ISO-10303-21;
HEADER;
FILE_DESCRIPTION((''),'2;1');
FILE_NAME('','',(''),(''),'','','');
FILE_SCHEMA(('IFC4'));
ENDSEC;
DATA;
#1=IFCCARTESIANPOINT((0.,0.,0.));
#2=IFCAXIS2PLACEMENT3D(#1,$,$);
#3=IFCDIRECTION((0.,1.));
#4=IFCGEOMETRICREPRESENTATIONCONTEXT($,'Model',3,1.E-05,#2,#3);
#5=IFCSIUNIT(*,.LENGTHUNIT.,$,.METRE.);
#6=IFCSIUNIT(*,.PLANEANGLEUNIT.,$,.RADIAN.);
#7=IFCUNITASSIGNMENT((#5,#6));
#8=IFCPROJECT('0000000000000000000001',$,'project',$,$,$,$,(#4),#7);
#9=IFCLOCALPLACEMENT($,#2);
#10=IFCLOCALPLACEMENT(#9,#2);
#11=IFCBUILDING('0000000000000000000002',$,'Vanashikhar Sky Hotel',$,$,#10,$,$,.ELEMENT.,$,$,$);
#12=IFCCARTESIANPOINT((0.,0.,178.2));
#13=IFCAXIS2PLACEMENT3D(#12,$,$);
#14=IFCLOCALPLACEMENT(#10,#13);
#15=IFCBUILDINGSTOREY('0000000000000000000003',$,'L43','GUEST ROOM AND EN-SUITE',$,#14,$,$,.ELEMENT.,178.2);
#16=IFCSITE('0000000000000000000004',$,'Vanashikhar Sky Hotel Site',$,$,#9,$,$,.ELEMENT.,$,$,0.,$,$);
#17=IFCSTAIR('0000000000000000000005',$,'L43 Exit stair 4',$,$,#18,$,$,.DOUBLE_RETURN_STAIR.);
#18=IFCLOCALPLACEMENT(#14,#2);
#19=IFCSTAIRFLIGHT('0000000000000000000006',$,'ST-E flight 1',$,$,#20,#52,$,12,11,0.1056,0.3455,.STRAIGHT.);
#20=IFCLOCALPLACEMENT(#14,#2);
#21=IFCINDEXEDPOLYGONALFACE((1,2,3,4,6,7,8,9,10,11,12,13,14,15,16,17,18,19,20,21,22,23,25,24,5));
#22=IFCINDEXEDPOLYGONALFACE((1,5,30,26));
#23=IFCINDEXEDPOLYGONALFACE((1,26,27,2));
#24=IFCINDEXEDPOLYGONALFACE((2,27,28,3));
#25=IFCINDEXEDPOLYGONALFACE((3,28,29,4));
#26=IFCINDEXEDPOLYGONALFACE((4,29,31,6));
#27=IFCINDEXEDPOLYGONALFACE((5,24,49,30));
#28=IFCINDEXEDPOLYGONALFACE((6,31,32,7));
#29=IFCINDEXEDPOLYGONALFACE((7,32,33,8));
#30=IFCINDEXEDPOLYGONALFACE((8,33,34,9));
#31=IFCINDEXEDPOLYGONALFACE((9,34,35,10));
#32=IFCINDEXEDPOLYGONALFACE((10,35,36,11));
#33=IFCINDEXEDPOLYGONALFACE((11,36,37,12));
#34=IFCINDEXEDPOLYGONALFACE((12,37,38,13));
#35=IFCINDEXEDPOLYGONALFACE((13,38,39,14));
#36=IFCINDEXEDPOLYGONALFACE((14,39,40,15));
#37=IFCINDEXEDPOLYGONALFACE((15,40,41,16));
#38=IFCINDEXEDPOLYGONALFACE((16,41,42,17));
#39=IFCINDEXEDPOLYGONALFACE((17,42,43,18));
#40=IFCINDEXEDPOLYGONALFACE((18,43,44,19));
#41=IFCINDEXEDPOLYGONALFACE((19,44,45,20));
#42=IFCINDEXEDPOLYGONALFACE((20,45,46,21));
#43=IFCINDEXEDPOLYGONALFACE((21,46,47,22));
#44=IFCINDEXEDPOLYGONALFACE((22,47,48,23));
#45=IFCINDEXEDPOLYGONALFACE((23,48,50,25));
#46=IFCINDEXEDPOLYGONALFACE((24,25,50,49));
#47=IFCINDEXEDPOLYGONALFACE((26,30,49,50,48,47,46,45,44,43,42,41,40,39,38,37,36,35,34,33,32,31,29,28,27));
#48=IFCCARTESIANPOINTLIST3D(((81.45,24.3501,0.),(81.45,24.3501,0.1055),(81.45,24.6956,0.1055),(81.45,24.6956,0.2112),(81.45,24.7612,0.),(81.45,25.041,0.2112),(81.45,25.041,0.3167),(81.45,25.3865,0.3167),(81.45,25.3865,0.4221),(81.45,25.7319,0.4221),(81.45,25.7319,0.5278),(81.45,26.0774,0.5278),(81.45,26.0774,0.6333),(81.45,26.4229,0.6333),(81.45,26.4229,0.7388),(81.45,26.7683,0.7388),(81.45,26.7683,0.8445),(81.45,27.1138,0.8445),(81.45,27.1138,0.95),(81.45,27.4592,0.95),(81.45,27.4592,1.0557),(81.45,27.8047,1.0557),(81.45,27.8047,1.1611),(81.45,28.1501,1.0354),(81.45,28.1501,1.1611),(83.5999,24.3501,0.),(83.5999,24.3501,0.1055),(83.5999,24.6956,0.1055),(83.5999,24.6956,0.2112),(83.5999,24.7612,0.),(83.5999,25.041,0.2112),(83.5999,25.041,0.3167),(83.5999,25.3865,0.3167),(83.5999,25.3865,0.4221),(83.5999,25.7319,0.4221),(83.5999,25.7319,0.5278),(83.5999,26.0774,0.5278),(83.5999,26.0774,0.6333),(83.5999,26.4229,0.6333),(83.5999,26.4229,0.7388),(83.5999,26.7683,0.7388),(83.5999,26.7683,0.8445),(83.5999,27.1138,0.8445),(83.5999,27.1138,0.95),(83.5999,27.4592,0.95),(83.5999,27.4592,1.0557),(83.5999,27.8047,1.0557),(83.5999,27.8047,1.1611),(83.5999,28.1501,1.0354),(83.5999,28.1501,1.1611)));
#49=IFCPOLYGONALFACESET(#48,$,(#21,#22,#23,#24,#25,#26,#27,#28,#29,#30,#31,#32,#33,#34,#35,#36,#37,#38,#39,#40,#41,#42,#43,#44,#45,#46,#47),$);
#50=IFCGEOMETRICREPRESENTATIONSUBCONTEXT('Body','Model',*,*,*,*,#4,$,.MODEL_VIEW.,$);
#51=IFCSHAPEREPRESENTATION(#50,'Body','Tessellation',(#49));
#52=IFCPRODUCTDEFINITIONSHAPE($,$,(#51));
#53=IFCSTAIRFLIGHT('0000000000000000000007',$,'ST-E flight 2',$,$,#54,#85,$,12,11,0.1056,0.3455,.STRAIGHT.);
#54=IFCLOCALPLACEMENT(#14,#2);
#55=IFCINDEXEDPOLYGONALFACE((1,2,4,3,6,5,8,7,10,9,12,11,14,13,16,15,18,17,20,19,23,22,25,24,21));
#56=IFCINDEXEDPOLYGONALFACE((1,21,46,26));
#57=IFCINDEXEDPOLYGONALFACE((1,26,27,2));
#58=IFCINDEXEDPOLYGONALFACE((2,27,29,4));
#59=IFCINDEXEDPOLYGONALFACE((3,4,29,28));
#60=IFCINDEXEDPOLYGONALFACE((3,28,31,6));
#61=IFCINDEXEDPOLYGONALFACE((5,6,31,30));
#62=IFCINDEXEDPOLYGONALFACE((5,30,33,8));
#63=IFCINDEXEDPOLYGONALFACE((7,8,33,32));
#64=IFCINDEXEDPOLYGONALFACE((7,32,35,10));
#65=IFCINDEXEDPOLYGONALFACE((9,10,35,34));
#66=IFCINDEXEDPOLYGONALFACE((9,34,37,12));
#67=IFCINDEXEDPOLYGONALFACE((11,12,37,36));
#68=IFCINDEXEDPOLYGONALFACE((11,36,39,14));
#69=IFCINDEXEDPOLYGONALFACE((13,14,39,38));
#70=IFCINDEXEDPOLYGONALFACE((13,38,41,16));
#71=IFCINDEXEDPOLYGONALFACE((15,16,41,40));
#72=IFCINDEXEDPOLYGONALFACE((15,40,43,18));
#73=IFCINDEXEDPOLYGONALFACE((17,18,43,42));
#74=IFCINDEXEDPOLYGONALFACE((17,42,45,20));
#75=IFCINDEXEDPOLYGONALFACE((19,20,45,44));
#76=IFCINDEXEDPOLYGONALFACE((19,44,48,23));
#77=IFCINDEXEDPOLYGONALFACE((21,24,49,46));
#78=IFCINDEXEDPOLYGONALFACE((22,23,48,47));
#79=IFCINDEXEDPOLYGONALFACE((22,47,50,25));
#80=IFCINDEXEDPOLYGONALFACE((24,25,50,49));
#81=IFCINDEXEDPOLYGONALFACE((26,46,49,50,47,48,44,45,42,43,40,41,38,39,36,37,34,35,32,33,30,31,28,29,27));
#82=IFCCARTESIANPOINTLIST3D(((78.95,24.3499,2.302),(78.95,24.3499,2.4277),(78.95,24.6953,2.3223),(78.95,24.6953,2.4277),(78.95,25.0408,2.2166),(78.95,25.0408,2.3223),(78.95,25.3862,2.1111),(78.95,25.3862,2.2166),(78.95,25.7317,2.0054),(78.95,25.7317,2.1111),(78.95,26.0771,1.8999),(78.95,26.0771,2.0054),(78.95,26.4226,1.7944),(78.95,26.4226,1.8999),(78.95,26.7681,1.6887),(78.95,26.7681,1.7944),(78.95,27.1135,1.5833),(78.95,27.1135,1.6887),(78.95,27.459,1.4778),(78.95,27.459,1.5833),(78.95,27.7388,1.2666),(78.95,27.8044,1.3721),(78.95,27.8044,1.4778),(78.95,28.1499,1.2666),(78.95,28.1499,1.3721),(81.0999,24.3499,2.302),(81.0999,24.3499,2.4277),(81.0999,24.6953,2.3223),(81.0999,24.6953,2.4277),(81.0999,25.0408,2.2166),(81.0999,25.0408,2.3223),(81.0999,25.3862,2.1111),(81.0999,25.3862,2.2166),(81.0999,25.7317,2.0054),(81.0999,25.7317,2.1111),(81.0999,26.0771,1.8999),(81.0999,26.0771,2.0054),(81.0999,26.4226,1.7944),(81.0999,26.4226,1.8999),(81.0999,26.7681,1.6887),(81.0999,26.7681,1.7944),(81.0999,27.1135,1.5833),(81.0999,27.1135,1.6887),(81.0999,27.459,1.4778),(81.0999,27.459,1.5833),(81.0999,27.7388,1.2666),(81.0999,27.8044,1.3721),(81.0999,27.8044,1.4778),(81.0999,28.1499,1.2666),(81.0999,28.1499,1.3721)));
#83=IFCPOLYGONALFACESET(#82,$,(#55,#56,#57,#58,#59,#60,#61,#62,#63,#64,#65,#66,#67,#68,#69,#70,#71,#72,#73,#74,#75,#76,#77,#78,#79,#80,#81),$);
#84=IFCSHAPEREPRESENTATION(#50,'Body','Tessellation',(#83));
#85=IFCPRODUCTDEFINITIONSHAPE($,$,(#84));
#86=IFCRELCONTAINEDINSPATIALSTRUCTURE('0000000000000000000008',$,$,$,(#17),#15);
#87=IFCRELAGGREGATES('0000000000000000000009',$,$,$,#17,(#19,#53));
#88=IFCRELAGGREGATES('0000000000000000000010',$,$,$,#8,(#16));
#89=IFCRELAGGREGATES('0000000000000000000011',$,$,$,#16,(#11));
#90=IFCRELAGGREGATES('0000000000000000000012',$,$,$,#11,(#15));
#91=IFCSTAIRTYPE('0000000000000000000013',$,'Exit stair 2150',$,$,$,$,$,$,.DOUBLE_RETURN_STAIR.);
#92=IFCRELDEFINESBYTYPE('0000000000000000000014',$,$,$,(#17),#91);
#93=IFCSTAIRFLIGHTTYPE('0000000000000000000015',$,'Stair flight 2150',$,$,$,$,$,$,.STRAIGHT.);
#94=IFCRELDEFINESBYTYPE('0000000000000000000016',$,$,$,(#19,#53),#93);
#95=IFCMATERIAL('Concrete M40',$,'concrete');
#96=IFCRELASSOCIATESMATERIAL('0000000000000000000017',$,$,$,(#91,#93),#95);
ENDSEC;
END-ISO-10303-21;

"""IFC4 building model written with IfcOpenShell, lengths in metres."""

from ifc_helpers import new_model, si_unit, direction, frame, origin, place, context, subcontext, project, spatial, polyline, outline, extrude, source, transform, mapped, material, type_object, element, aggregate, save


model = new_model("IFC4")

# Units and contexts
model_context = context("Model", 3, precision=1e-05, world=origin(), true_north=direction((0.0, 1.0)))
body_context = subcontext(model_context, "Body", "Model", "MODEL_VIEW")
ifc_project = project(units=[si_unit("LENGTHUNIT", "METRE"), si_unit("PLANEANGLEUNIT", "RADIAN")], contexts=[model_context])

# Site, building, storey
site_placement = place(None, origin())
site = spatial("IfcSite", under=ifc_project, at=site_placement, Name="Vanashikhar Sky Hotel Site", CompositionType="ELEMENT", RefElevation=0.0)
building_placement = place(site_placement, origin())
building = spatial("IfcBuilding", under=site, at=building_placement, Name="Vanashikhar Sky Hotel", CompositionType="ELEMENT")
storey_placement = place(building_placement, frame((0.0, 0.0, 178.2)))
storey = spatial("IfcBuildingStorey", under=building, at=storey_placement, Name="L43", Description="GUEST ROOM AND EN-SUITE", CompositionType="ELEMENT", Elevation=178.2)

# Stair, stair flights
ifc_material_1 = material(Name="Concrete M40", Category="concrete")
stair_type = type_object("IfcStairType", Name="Exit stair 2150", PredefinedType="DOUBLE_RETURN_STAIR", material=ifc_material_1)
stair_flight_type = type_object("IfcStairFlightType", Name="Stair flight 2150", PredefinedType="STRAIGHT", material=ifc_material_1)
shared_shape_1 = source(origin(), body_context, "Body", "SweptSolid", [
    extrude(outline(polyline([(0.0, 0.0), (0.0, 0.1055), (0.3455, 0.1055), (0.3455, 0.2112), (0.6909, 0.2112), (0.6909, 0.3167), (1.0364, 0.3167), (1.0364, 0.4221), (1.3818, 0.4221), (1.3818, 0.5278), (1.7273, 0.5278), (1.7273, 0.6333), (2.0728, 0.6333), (2.0728, 0.7388), (2.4182, 0.7388), (2.4182, 0.8445), (2.7637, 0.8445), (2.7637, 0.95), (3.1091, 0.95), (3.1091, 1.0557), (3.4546, 1.0557), (3.4546, 1.1611), (3.8, 1.1611), (3.8, 1.2666), (3.8, 1.0354), (0.4111, 0.0), (0.0, 0.0)])), frame((0.0, 1.075, 0.0), z_axis=(0.0, -1.0, 0.0), x_axis=(1.0, 0.0, 0.0)), (0.0, 0.0, 1.0), 2.1499),
])
stair_1_placement = place(storey_placement, origin())
stair_1 = element("IfcStair", 1, at=stair_1_placement, inside=storey, type_object=stair_type, Name="L43 Exit stair 4", PredefinedType="DOUBLE_RETURN_STAIR")
stair_flight_1_placement = place(storey_placement, frame((82.5249, 24.3501, 0.0), z_axis=(0.0, 0.0, 1.0), x_axis=(0.0, 1.0, 0.0)))
stair_flight_1 = element("IfcStairFlight", 2, at=stair_flight_1_placement, type_object=stair_flight_type, Name="ST-E flight 1", NumberOfRisers=12, NumberOfTreads=11, PredefinedType="STRAIGHT", RiserHeight=0.1056, TreadLength=0.3455, context=body_context, shape_type="MappedRepresentation", body=[
    mapped(shared_shape_1, transform((0.0, 0.0, 0.0), scale=1.0)),
])
stair_flight_2_placement = place(storey_placement, frame((80.0249, 28.1499, 1.2666), z_axis=(0.0, 0.0, 1.0), x_axis=(0.0, -1.0, 0.0)))
stair_flight_2 = element("IfcStairFlight", 3, at=stair_flight_2_placement, type_object=stair_flight_type, Name="ST-E flight 2", NumberOfRisers=12, NumberOfTreads=11, PredefinedType="STRAIGHT", RiserHeight=0.1056, TreadLength=0.3455, context=body_context, shape_type="MappedRepresentation", body=[
    mapped(shared_shape_1, transform((0.0, 0.0, 0.0), scale=1.0)),
])
aggregate(stair_1, [stair_flight_1, stair_flight_2])

save(model, "model.ifc")
